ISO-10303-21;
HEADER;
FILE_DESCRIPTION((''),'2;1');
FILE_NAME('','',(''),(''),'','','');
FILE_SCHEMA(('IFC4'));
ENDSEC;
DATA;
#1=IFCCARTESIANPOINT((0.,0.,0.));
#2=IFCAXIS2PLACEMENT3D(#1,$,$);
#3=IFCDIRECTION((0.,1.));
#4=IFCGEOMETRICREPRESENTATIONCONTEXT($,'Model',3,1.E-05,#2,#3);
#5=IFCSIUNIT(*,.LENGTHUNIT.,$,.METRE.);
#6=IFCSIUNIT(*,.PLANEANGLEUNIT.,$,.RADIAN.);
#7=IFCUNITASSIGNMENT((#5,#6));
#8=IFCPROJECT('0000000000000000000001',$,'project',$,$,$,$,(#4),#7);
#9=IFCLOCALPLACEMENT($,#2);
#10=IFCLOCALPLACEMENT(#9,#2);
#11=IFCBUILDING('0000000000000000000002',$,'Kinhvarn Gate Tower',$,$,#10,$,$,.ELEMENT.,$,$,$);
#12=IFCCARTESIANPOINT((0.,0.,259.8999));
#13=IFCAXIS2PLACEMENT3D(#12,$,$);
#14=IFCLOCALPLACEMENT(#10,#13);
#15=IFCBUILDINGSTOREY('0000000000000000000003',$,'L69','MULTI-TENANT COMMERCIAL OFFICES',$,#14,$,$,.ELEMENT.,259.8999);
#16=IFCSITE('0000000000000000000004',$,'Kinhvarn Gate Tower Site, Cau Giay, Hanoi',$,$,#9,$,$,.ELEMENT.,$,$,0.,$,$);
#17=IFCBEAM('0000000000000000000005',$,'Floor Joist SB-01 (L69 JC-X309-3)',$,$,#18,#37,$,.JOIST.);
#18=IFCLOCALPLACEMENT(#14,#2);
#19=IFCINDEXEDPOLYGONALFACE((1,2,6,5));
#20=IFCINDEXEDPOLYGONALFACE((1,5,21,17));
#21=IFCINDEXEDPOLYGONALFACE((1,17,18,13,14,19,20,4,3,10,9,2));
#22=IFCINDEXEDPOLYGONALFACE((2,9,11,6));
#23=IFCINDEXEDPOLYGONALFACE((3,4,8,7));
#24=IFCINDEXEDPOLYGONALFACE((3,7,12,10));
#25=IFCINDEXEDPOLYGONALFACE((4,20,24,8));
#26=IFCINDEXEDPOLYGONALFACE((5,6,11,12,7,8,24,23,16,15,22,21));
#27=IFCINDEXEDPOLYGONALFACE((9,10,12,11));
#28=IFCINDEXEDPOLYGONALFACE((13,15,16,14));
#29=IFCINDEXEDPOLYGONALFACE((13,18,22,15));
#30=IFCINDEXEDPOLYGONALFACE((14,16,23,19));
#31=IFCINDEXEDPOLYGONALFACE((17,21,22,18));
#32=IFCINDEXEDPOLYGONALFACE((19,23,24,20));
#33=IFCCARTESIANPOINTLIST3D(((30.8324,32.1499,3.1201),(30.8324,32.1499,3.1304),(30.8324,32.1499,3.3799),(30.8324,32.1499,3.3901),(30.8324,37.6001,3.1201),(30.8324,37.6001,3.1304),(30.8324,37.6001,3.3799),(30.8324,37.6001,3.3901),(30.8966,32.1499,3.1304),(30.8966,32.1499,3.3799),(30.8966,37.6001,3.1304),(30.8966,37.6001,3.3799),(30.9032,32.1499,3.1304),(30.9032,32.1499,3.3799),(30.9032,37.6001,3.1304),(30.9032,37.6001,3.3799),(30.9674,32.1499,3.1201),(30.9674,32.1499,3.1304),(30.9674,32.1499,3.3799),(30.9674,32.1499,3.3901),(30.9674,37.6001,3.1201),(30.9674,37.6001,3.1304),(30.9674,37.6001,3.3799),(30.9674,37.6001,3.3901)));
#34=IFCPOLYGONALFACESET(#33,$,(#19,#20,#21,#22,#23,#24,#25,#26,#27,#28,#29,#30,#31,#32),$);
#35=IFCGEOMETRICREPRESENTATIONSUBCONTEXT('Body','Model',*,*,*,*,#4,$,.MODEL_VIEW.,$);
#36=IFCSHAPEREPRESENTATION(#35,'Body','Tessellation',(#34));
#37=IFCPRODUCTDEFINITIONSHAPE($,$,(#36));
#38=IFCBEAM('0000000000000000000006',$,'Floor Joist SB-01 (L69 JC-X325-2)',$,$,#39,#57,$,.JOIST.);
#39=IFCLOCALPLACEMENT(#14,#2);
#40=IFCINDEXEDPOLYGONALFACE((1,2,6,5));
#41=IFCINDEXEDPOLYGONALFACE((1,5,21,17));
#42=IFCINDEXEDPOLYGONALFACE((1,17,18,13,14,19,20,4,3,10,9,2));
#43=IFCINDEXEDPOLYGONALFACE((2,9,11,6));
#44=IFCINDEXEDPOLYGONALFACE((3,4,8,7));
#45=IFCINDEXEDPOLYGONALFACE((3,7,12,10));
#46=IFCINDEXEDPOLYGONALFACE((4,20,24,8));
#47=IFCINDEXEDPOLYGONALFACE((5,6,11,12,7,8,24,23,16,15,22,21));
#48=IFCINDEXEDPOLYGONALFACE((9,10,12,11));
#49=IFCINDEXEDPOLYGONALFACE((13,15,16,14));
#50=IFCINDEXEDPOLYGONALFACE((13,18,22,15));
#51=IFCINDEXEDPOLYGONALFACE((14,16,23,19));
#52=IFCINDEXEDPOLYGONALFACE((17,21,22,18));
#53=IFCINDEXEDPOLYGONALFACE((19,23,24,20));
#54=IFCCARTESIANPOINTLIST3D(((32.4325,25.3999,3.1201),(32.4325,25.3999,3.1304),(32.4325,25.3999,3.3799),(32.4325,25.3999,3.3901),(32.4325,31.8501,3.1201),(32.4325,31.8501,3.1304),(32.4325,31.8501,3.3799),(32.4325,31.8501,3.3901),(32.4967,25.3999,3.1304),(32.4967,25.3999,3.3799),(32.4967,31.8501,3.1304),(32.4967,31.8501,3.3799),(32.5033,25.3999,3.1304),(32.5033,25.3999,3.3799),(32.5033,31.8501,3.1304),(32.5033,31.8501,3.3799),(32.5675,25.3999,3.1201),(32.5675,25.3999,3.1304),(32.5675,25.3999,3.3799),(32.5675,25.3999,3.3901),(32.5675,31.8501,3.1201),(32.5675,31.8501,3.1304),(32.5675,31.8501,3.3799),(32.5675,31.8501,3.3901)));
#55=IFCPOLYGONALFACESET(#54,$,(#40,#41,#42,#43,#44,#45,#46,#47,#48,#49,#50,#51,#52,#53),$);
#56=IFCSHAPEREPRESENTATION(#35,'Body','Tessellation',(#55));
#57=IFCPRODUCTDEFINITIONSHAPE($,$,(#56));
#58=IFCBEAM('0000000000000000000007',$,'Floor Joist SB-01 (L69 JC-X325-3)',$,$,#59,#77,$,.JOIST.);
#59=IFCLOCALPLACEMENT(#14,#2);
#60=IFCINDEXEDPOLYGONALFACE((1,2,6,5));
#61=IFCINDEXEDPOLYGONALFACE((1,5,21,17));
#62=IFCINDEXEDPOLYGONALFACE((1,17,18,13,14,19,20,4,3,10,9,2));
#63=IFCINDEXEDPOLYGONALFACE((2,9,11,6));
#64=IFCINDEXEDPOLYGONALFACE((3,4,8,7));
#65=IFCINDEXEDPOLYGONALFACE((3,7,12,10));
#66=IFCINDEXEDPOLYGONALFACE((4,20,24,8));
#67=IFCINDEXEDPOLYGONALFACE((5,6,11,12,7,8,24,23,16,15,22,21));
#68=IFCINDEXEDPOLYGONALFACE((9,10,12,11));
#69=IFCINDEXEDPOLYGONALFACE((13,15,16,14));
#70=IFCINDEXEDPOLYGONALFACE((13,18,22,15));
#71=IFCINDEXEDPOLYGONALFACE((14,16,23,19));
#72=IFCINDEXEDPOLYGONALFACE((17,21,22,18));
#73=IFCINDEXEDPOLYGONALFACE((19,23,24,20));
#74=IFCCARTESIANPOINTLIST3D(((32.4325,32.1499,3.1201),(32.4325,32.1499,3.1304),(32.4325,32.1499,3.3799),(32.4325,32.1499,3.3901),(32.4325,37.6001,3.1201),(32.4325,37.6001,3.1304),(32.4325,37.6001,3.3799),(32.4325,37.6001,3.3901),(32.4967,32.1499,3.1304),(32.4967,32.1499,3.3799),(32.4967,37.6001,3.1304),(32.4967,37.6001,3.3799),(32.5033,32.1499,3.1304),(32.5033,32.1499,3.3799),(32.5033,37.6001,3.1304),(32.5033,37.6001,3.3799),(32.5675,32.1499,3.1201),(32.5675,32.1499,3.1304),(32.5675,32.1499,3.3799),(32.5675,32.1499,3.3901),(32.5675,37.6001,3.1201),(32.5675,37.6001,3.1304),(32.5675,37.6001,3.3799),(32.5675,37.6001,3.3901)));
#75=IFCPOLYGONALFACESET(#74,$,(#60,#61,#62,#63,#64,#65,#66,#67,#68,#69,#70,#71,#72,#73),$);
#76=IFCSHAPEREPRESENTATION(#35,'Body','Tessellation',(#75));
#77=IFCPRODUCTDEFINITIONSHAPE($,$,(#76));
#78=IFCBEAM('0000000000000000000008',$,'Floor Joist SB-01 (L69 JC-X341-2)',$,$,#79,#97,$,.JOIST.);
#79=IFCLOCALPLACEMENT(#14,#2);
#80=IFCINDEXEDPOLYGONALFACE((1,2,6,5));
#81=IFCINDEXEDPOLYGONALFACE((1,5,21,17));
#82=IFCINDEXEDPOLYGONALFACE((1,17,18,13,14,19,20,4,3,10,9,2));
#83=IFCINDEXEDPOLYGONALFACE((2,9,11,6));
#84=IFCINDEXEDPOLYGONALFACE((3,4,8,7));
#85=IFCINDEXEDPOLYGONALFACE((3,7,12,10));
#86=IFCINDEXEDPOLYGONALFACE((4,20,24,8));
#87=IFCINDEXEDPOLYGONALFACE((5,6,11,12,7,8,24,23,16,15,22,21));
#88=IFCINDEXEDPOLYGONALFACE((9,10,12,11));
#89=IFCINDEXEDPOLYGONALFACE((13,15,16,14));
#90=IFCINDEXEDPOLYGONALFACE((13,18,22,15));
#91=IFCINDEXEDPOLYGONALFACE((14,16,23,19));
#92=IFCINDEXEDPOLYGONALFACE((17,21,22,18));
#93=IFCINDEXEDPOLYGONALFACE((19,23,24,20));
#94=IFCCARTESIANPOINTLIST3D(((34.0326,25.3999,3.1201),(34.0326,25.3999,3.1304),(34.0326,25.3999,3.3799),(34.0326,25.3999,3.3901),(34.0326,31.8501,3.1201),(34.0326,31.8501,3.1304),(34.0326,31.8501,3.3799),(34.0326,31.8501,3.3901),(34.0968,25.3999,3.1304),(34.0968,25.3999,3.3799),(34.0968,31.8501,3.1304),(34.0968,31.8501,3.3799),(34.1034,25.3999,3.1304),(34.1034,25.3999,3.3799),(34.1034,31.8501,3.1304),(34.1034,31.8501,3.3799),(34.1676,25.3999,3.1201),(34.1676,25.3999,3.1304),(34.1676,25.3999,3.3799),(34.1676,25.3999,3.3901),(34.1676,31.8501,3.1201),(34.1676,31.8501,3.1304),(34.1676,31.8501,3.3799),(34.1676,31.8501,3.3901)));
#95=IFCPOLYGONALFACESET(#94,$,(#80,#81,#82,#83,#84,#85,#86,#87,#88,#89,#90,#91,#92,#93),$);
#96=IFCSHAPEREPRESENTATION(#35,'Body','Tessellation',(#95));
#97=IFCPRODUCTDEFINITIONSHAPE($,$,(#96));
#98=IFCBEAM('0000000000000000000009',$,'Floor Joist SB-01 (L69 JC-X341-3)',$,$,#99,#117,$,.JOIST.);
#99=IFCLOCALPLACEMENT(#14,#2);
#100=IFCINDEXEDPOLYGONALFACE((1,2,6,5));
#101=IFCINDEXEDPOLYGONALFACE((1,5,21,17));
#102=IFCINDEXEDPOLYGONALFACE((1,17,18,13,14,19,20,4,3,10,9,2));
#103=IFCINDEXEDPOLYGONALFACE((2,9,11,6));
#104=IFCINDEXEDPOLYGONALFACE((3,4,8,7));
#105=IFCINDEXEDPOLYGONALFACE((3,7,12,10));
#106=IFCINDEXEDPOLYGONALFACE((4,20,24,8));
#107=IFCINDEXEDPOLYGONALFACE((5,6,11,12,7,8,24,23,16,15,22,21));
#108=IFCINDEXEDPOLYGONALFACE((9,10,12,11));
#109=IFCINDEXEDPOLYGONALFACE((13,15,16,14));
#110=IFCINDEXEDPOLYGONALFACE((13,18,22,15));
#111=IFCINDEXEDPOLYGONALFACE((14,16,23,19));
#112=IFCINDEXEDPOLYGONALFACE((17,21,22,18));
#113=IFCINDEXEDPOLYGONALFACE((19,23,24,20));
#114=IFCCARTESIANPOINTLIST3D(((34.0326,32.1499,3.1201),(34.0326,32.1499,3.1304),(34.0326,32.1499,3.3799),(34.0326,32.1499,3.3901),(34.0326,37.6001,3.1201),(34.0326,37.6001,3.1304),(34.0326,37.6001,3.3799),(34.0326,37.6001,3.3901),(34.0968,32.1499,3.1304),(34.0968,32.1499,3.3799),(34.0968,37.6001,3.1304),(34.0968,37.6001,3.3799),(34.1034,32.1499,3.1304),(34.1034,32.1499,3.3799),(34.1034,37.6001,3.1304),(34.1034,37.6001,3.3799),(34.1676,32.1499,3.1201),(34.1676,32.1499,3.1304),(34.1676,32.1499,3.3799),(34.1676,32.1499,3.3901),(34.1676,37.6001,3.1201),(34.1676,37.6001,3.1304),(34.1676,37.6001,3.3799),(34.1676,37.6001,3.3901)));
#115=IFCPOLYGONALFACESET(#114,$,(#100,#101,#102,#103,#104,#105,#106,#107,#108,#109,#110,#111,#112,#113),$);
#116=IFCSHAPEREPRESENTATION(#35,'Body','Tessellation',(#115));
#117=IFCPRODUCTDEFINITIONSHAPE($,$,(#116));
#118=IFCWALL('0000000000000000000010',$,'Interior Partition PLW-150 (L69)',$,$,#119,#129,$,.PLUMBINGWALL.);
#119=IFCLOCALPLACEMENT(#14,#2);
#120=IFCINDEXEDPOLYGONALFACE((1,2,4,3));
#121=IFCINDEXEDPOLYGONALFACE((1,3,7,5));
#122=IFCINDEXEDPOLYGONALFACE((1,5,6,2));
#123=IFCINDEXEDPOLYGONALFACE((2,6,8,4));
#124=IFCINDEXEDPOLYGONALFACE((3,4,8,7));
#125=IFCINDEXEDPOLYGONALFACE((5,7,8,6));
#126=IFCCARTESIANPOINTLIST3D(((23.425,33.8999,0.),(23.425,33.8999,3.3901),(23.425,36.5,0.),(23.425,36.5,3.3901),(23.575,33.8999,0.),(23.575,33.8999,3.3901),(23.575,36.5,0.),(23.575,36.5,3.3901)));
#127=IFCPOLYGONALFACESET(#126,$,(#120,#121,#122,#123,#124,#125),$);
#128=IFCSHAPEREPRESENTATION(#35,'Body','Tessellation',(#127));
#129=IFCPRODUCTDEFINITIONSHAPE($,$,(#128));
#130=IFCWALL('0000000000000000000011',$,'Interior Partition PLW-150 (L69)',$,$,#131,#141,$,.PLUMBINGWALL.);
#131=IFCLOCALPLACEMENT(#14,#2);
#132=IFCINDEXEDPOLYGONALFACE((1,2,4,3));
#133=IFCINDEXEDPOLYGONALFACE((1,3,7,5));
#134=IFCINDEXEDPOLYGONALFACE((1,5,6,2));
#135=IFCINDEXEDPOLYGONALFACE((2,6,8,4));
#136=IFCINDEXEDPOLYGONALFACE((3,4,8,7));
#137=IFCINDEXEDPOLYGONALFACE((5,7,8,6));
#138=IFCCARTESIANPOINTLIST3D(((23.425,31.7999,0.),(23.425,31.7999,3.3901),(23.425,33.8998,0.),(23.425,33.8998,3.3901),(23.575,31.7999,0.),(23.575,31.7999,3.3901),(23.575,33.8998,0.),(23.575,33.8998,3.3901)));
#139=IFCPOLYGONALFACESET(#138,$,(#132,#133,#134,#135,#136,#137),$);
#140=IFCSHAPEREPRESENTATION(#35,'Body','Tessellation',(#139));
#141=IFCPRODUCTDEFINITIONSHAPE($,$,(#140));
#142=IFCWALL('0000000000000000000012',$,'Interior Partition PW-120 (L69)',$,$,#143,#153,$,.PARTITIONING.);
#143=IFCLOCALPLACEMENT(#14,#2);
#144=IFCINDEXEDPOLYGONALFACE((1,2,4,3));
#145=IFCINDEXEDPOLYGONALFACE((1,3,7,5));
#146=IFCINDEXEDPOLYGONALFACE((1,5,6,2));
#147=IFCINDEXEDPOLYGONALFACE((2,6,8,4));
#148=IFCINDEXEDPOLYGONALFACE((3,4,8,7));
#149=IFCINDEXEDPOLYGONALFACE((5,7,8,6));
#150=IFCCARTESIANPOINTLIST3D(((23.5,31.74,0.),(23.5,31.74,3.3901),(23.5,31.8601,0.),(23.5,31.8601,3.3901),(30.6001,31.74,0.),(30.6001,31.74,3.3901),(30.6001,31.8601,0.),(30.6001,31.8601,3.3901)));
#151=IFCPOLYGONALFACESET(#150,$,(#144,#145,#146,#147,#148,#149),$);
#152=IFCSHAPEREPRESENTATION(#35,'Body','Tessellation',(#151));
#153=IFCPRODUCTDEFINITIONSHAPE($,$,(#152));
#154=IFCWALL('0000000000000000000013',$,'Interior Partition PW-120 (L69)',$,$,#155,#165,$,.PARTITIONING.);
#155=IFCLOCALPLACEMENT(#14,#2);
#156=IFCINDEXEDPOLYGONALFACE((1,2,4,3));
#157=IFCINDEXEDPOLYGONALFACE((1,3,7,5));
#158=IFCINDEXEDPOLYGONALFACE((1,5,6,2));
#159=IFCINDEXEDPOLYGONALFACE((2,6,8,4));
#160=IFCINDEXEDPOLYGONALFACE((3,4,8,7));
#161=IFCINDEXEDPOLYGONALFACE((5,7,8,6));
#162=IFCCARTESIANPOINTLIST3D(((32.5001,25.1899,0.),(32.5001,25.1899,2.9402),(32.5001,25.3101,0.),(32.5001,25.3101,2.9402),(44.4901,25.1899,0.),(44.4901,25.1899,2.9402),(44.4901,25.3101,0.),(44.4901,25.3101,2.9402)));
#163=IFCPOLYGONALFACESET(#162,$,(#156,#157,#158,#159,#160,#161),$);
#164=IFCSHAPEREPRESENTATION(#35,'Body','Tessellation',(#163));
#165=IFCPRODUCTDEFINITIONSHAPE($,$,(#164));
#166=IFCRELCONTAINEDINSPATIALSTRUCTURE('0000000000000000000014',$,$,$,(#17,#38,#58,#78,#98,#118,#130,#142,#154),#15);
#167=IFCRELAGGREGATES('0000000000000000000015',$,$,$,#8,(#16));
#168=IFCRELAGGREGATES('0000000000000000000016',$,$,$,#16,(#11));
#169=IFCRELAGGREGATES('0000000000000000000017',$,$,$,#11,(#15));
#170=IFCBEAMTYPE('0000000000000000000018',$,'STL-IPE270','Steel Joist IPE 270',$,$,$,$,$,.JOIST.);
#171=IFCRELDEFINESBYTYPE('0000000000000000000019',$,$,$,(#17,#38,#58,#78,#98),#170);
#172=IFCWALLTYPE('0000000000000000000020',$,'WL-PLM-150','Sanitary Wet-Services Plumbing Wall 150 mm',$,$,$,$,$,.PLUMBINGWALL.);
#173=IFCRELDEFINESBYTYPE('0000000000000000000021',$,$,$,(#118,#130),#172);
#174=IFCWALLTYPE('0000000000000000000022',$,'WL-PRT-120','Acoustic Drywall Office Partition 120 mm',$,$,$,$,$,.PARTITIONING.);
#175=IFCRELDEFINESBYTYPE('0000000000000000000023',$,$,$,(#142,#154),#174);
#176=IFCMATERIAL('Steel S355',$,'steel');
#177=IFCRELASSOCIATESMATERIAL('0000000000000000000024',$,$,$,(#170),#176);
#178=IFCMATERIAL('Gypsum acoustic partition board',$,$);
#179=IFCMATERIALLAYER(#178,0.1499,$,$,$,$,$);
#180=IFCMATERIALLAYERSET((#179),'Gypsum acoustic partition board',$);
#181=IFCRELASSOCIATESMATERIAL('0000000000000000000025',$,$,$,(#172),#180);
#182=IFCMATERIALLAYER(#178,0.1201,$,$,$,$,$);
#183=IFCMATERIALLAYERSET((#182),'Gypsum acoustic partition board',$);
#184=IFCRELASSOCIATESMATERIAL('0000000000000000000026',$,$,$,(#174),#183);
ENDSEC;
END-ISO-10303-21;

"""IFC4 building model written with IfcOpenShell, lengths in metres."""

from ifc_helpers import new_model, si_unit, direction, frame, frame_2d, origin, origin_2d, place, context, subcontext, project, spatial, rectangle, i_section, extrude, material, layer, layer_set, material_profile, profile_set, type_object, element, save


model = new_model("IFC4")

# Units and contexts
model_context = context("Model", 3, precision=1e-05, world=origin(), true_north=direction((0.0, 1.0)))
body_context = subcontext(model_context, "Body", "Model", "MODEL_VIEW")
ifc_project = project(units=[si_unit("LENGTHUNIT", "METRE"), si_unit("PLANEANGLEUNIT", "RADIAN")], contexts=[model_context])

# Site, building, storey
site_placement = place(None, origin())
site = spatial("IfcSite", under=ifc_project, at=site_placement, Name="Kinhvarn Gate Tower Site, Cau Giay, Hanoi", CompositionType="ELEMENT", RefElevation=0.0)
building_placement = place(site_placement, origin())
building = spatial("IfcBuilding", under=site, at=building_placement, Name="Kinhvarn Gate Tower", CompositionType="ELEMENT")
storey_placement = place(building_placement, frame((0.0, 0.0, 259.8999)))
storey = spatial("IfcBuildingStorey", under=building, at=storey_placement, Name="L69", Description="MULTI-TENANT COMMERCIAL OFFICES", CompositionType="ELEMENT", Elevation=259.8999)

# Beams
ifc_material_1 = material(Name="Steel S355", Category="steel")
ifc_material_profile = material_profile(ifc_material_1, i_section(OverallWidth=0.135, OverallDepth=0.27, WebThickness=0.0066, FlangeThickness=0.0103, at=origin_2d()), Name="IPE 270")
ifc_profile_set = profile_set([ifc_material_profile], Name="Steel S355")
beam_type = type_object("IfcBeamType", Name="STL-IPE270", Description="Steel Joist IPE 270", PredefinedType="JOIST", material=ifc_profile_set)
beam_1_placement = place(storey_placement, frame((30.8999, 32.1499, 3.2551), z_axis=(0.0, 1.0, 0.0), x_axis=(-1.0, 0.0, 0.0)))
element("IfcBeam", 1, at=beam_1_placement, inside=storey, type_object=beam_type, Name="Floor Joist SB-01 (L69 JC-X309-3)", PredefinedType="JOIST", context=body_context, shape_type="SweptSolid", body=[
    extrude(i_section(OverallWidth=0.135, OverallDepth=0.27, WebThickness=0.0066, FlangeThickness=0.0103, at=origin_2d()), origin(), (0.0, 0.0, 1.0), 5.4502),
])
beam_2_placement = place(storey_placement, frame((32.5, 25.3999, 3.2551), z_axis=(0.0, 1.0, 0.0), x_axis=(-1.0, 0.0, 0.0)))
element("IfcBeam", 2, at=beam_2_placement, inside=storey, type_object=beam_type, Name="Floor Joist SB-01 (L69 JC-X325-2)", PredefinedType="JOIST", context=body_context, shape_type="SweptSolid", body=[
    extrude(i_section(OverallWidth=0.135, OverallDepth=0.27, WebThickness=0.0066, FlangeThickness=0.0103, at=origin_2d()), origin(), (0.0, 0.0, 1.0), 6.4502),
])
beam_3_placement = place(storey_placement, frame((32.5, 32.1499, 3.2551), z_axis=(0.0, 1.0, 0.0), x_axis=(-1.0, 0.0, 0.0)))
element("IfcBeam", 3, at=beam_3_placement, inside=storey, type_object=beam_type, Name="Floor Joist SB-01 (L69 JC-X325-3)", PredefinedType="JOIST", context=body_context, shape_type="SweptSolid", body=[
    extrude(i_section(OverallWidth=0.135, OverallDepth=0.27, WebThickness=0.0066, FlangeThickness=0.0103, at=origin_2d()), origin(), (0.0, 0.0, 1.0), 5.4502),
])
beam_4_placement = place(storey_placement, frame((34.1001, 25.3999, 3.2551), z_axis=(0.0, 1.0, 0.0), x_axis=(-1.0, 0.0, 0.0)))
element("IfcBeam", 4, at=beam_4_placement, inside=storey, type_object=beam_type, Name="Floor Joist SB-01 (L69 JC-X341-2)", PredefinedType="JOIST", context=body_context, shape_type="SweptSolid", body=[
    extrude(i_section(OverallWidth=0.135, OverallDepth=0.27, WebThickness=0.0066, FlangeThickness=0.0103, at=origin_2d()), origin(), (0.0, 0.0, 1.0), 6.4502),
])
beam_5_placement = place(storey_placement, frame((34.1001, 32.1499, 3.2551), z_axis=(0.0, 1.0, 0.0), x_axis=(-1.0, 0.0, 0.0)))
element("IfcBeam", 5, at=beam_5_placement, inside=storey, type_object=beam_type, Name="Floor Joist SB-01 (L69 JC-X341-3)", PredefinedType="JOIST", context=body_context, shape_type="SweptSolid", body=[
    extrude(i_section(OverallWidth=0.135, OverallDepth=0.27, WebThickness=0.0066, FlangeThickness=0.0103, at=origin_2d()), origin(), (0.0, 0.0, 1.0), 5.4502),
])

# Walls
ifc_material_2 = material(Name="Gypsum acoustic partition board")
ifc_layer_1 = layer(ifc_material_2, 0.1499)
ifc_layer_set_1 = layer_set([ifc_layer_1], Name="Gypsum acoustic partition board")
wall_type_1 = type_object("IfcWallType", Name="WL-PLM-150", Description="Sanitary Wet-Services Plumbing Wall 150 mm", PredefinedType="PLUMBINGWALL", material=ifc_layer_set_1)
wall_1_placement = place(storey_placement, frame((23.5, 33.8999, 0.0), z_axis=(0.0, 0.0, 1.0), x_axis=(0.0, 1.0, 0.0)))
element("IfcWall", 6, at=wall_1_placement, inside=storey, type_object=wall_type_1, Name="Interior Partition PLW-150 (L69)", PredefinedType="PLUMBINGWALL", context=body_context, shape_type="SweptSolid", body=[
    extrude(rectangle(XDim=2.6001, YDim=0.1499, at=frame_2d((1.3, 0.0))), origin(), (0.0, 0.0, 1.0), 3.3901),
])
wall_2_placement = place(storey_placement, frame((23.5, 31.8, 0.0), z_axis=(0.0, 0.0, 1.0), x_axis=(0.0, 1.0, 0.0)))
element("IfcWall", 7, at=wall_2_placement, inside=storey, type_object=wall_type_1, Name="Interior Partition PLW-150 (L69)", PredefinedType="PLUMBINGWALL", context=body_context, shape_type="SweptSolid", body=[
    extrude(rectangle(XDim=2.0999, YDim=0.1499, at=frame_2d((1.0498, 0.0))), origin(), (0.0, 0.0, 1.0), 3.3901),
])
ifc_layer_2 = layer(ifc_material_2, 0.1201)
ifc_layer_set_2 = layer_set([ifc_layer_2], Name="Gypsum acoustic partition board")
wall_type_2 = type_object("IfcWallType", Name="WL-PRT-120", Description="Acoustic Drywall Office Partition 120 mm", PredefinedType="PARTITIONING", material=ifc_layer_set_2)
wall_3_placement = place(storey_placement, frame((23.5, 31.8, 0.0), z_axis=(0.0, 0.0, 1.0), x_axis=(1.0, 0.0, 0.0)))
element("IfcWall", 8, at=wall_3_placement, inside=storey, type_object=wall_type_2, Name="Interior Partition PW-120 (L69)", PredefinedType="PARTITIONING", context=body_context, shape_type="SweptSolid", body=[
    extrude(rectangle(XDim=7.1001, YDim=0.1201, at=frame_2d((3.55, 0.0))), origin(), (0.0, 0.0, 1.0), 3.3901),
])
wall_4_placement = place(storey_placement, frame((32.5, 25.25, 0.0), z_axis=(0.0, 0.0, 1.0), x_axis=(1.0, 0.0, 0.0)))
element("IfcWall", 9, at=wall_4_placement, inside=storey, type_object=wall_type_2, Name="Interior Partition PW-120 (L69)", PredefinedType="PARTITIONING", context=body_context, shape_type="SweptSolid", body=[
    extrude(rectangle(XDim=11.99, YDim=0.1201, at=frame_2d((5.9951, 0.0))), origin(), (0.0, 0.0, 1.0), 2.9402),
])

save(model, "model.ifc")
